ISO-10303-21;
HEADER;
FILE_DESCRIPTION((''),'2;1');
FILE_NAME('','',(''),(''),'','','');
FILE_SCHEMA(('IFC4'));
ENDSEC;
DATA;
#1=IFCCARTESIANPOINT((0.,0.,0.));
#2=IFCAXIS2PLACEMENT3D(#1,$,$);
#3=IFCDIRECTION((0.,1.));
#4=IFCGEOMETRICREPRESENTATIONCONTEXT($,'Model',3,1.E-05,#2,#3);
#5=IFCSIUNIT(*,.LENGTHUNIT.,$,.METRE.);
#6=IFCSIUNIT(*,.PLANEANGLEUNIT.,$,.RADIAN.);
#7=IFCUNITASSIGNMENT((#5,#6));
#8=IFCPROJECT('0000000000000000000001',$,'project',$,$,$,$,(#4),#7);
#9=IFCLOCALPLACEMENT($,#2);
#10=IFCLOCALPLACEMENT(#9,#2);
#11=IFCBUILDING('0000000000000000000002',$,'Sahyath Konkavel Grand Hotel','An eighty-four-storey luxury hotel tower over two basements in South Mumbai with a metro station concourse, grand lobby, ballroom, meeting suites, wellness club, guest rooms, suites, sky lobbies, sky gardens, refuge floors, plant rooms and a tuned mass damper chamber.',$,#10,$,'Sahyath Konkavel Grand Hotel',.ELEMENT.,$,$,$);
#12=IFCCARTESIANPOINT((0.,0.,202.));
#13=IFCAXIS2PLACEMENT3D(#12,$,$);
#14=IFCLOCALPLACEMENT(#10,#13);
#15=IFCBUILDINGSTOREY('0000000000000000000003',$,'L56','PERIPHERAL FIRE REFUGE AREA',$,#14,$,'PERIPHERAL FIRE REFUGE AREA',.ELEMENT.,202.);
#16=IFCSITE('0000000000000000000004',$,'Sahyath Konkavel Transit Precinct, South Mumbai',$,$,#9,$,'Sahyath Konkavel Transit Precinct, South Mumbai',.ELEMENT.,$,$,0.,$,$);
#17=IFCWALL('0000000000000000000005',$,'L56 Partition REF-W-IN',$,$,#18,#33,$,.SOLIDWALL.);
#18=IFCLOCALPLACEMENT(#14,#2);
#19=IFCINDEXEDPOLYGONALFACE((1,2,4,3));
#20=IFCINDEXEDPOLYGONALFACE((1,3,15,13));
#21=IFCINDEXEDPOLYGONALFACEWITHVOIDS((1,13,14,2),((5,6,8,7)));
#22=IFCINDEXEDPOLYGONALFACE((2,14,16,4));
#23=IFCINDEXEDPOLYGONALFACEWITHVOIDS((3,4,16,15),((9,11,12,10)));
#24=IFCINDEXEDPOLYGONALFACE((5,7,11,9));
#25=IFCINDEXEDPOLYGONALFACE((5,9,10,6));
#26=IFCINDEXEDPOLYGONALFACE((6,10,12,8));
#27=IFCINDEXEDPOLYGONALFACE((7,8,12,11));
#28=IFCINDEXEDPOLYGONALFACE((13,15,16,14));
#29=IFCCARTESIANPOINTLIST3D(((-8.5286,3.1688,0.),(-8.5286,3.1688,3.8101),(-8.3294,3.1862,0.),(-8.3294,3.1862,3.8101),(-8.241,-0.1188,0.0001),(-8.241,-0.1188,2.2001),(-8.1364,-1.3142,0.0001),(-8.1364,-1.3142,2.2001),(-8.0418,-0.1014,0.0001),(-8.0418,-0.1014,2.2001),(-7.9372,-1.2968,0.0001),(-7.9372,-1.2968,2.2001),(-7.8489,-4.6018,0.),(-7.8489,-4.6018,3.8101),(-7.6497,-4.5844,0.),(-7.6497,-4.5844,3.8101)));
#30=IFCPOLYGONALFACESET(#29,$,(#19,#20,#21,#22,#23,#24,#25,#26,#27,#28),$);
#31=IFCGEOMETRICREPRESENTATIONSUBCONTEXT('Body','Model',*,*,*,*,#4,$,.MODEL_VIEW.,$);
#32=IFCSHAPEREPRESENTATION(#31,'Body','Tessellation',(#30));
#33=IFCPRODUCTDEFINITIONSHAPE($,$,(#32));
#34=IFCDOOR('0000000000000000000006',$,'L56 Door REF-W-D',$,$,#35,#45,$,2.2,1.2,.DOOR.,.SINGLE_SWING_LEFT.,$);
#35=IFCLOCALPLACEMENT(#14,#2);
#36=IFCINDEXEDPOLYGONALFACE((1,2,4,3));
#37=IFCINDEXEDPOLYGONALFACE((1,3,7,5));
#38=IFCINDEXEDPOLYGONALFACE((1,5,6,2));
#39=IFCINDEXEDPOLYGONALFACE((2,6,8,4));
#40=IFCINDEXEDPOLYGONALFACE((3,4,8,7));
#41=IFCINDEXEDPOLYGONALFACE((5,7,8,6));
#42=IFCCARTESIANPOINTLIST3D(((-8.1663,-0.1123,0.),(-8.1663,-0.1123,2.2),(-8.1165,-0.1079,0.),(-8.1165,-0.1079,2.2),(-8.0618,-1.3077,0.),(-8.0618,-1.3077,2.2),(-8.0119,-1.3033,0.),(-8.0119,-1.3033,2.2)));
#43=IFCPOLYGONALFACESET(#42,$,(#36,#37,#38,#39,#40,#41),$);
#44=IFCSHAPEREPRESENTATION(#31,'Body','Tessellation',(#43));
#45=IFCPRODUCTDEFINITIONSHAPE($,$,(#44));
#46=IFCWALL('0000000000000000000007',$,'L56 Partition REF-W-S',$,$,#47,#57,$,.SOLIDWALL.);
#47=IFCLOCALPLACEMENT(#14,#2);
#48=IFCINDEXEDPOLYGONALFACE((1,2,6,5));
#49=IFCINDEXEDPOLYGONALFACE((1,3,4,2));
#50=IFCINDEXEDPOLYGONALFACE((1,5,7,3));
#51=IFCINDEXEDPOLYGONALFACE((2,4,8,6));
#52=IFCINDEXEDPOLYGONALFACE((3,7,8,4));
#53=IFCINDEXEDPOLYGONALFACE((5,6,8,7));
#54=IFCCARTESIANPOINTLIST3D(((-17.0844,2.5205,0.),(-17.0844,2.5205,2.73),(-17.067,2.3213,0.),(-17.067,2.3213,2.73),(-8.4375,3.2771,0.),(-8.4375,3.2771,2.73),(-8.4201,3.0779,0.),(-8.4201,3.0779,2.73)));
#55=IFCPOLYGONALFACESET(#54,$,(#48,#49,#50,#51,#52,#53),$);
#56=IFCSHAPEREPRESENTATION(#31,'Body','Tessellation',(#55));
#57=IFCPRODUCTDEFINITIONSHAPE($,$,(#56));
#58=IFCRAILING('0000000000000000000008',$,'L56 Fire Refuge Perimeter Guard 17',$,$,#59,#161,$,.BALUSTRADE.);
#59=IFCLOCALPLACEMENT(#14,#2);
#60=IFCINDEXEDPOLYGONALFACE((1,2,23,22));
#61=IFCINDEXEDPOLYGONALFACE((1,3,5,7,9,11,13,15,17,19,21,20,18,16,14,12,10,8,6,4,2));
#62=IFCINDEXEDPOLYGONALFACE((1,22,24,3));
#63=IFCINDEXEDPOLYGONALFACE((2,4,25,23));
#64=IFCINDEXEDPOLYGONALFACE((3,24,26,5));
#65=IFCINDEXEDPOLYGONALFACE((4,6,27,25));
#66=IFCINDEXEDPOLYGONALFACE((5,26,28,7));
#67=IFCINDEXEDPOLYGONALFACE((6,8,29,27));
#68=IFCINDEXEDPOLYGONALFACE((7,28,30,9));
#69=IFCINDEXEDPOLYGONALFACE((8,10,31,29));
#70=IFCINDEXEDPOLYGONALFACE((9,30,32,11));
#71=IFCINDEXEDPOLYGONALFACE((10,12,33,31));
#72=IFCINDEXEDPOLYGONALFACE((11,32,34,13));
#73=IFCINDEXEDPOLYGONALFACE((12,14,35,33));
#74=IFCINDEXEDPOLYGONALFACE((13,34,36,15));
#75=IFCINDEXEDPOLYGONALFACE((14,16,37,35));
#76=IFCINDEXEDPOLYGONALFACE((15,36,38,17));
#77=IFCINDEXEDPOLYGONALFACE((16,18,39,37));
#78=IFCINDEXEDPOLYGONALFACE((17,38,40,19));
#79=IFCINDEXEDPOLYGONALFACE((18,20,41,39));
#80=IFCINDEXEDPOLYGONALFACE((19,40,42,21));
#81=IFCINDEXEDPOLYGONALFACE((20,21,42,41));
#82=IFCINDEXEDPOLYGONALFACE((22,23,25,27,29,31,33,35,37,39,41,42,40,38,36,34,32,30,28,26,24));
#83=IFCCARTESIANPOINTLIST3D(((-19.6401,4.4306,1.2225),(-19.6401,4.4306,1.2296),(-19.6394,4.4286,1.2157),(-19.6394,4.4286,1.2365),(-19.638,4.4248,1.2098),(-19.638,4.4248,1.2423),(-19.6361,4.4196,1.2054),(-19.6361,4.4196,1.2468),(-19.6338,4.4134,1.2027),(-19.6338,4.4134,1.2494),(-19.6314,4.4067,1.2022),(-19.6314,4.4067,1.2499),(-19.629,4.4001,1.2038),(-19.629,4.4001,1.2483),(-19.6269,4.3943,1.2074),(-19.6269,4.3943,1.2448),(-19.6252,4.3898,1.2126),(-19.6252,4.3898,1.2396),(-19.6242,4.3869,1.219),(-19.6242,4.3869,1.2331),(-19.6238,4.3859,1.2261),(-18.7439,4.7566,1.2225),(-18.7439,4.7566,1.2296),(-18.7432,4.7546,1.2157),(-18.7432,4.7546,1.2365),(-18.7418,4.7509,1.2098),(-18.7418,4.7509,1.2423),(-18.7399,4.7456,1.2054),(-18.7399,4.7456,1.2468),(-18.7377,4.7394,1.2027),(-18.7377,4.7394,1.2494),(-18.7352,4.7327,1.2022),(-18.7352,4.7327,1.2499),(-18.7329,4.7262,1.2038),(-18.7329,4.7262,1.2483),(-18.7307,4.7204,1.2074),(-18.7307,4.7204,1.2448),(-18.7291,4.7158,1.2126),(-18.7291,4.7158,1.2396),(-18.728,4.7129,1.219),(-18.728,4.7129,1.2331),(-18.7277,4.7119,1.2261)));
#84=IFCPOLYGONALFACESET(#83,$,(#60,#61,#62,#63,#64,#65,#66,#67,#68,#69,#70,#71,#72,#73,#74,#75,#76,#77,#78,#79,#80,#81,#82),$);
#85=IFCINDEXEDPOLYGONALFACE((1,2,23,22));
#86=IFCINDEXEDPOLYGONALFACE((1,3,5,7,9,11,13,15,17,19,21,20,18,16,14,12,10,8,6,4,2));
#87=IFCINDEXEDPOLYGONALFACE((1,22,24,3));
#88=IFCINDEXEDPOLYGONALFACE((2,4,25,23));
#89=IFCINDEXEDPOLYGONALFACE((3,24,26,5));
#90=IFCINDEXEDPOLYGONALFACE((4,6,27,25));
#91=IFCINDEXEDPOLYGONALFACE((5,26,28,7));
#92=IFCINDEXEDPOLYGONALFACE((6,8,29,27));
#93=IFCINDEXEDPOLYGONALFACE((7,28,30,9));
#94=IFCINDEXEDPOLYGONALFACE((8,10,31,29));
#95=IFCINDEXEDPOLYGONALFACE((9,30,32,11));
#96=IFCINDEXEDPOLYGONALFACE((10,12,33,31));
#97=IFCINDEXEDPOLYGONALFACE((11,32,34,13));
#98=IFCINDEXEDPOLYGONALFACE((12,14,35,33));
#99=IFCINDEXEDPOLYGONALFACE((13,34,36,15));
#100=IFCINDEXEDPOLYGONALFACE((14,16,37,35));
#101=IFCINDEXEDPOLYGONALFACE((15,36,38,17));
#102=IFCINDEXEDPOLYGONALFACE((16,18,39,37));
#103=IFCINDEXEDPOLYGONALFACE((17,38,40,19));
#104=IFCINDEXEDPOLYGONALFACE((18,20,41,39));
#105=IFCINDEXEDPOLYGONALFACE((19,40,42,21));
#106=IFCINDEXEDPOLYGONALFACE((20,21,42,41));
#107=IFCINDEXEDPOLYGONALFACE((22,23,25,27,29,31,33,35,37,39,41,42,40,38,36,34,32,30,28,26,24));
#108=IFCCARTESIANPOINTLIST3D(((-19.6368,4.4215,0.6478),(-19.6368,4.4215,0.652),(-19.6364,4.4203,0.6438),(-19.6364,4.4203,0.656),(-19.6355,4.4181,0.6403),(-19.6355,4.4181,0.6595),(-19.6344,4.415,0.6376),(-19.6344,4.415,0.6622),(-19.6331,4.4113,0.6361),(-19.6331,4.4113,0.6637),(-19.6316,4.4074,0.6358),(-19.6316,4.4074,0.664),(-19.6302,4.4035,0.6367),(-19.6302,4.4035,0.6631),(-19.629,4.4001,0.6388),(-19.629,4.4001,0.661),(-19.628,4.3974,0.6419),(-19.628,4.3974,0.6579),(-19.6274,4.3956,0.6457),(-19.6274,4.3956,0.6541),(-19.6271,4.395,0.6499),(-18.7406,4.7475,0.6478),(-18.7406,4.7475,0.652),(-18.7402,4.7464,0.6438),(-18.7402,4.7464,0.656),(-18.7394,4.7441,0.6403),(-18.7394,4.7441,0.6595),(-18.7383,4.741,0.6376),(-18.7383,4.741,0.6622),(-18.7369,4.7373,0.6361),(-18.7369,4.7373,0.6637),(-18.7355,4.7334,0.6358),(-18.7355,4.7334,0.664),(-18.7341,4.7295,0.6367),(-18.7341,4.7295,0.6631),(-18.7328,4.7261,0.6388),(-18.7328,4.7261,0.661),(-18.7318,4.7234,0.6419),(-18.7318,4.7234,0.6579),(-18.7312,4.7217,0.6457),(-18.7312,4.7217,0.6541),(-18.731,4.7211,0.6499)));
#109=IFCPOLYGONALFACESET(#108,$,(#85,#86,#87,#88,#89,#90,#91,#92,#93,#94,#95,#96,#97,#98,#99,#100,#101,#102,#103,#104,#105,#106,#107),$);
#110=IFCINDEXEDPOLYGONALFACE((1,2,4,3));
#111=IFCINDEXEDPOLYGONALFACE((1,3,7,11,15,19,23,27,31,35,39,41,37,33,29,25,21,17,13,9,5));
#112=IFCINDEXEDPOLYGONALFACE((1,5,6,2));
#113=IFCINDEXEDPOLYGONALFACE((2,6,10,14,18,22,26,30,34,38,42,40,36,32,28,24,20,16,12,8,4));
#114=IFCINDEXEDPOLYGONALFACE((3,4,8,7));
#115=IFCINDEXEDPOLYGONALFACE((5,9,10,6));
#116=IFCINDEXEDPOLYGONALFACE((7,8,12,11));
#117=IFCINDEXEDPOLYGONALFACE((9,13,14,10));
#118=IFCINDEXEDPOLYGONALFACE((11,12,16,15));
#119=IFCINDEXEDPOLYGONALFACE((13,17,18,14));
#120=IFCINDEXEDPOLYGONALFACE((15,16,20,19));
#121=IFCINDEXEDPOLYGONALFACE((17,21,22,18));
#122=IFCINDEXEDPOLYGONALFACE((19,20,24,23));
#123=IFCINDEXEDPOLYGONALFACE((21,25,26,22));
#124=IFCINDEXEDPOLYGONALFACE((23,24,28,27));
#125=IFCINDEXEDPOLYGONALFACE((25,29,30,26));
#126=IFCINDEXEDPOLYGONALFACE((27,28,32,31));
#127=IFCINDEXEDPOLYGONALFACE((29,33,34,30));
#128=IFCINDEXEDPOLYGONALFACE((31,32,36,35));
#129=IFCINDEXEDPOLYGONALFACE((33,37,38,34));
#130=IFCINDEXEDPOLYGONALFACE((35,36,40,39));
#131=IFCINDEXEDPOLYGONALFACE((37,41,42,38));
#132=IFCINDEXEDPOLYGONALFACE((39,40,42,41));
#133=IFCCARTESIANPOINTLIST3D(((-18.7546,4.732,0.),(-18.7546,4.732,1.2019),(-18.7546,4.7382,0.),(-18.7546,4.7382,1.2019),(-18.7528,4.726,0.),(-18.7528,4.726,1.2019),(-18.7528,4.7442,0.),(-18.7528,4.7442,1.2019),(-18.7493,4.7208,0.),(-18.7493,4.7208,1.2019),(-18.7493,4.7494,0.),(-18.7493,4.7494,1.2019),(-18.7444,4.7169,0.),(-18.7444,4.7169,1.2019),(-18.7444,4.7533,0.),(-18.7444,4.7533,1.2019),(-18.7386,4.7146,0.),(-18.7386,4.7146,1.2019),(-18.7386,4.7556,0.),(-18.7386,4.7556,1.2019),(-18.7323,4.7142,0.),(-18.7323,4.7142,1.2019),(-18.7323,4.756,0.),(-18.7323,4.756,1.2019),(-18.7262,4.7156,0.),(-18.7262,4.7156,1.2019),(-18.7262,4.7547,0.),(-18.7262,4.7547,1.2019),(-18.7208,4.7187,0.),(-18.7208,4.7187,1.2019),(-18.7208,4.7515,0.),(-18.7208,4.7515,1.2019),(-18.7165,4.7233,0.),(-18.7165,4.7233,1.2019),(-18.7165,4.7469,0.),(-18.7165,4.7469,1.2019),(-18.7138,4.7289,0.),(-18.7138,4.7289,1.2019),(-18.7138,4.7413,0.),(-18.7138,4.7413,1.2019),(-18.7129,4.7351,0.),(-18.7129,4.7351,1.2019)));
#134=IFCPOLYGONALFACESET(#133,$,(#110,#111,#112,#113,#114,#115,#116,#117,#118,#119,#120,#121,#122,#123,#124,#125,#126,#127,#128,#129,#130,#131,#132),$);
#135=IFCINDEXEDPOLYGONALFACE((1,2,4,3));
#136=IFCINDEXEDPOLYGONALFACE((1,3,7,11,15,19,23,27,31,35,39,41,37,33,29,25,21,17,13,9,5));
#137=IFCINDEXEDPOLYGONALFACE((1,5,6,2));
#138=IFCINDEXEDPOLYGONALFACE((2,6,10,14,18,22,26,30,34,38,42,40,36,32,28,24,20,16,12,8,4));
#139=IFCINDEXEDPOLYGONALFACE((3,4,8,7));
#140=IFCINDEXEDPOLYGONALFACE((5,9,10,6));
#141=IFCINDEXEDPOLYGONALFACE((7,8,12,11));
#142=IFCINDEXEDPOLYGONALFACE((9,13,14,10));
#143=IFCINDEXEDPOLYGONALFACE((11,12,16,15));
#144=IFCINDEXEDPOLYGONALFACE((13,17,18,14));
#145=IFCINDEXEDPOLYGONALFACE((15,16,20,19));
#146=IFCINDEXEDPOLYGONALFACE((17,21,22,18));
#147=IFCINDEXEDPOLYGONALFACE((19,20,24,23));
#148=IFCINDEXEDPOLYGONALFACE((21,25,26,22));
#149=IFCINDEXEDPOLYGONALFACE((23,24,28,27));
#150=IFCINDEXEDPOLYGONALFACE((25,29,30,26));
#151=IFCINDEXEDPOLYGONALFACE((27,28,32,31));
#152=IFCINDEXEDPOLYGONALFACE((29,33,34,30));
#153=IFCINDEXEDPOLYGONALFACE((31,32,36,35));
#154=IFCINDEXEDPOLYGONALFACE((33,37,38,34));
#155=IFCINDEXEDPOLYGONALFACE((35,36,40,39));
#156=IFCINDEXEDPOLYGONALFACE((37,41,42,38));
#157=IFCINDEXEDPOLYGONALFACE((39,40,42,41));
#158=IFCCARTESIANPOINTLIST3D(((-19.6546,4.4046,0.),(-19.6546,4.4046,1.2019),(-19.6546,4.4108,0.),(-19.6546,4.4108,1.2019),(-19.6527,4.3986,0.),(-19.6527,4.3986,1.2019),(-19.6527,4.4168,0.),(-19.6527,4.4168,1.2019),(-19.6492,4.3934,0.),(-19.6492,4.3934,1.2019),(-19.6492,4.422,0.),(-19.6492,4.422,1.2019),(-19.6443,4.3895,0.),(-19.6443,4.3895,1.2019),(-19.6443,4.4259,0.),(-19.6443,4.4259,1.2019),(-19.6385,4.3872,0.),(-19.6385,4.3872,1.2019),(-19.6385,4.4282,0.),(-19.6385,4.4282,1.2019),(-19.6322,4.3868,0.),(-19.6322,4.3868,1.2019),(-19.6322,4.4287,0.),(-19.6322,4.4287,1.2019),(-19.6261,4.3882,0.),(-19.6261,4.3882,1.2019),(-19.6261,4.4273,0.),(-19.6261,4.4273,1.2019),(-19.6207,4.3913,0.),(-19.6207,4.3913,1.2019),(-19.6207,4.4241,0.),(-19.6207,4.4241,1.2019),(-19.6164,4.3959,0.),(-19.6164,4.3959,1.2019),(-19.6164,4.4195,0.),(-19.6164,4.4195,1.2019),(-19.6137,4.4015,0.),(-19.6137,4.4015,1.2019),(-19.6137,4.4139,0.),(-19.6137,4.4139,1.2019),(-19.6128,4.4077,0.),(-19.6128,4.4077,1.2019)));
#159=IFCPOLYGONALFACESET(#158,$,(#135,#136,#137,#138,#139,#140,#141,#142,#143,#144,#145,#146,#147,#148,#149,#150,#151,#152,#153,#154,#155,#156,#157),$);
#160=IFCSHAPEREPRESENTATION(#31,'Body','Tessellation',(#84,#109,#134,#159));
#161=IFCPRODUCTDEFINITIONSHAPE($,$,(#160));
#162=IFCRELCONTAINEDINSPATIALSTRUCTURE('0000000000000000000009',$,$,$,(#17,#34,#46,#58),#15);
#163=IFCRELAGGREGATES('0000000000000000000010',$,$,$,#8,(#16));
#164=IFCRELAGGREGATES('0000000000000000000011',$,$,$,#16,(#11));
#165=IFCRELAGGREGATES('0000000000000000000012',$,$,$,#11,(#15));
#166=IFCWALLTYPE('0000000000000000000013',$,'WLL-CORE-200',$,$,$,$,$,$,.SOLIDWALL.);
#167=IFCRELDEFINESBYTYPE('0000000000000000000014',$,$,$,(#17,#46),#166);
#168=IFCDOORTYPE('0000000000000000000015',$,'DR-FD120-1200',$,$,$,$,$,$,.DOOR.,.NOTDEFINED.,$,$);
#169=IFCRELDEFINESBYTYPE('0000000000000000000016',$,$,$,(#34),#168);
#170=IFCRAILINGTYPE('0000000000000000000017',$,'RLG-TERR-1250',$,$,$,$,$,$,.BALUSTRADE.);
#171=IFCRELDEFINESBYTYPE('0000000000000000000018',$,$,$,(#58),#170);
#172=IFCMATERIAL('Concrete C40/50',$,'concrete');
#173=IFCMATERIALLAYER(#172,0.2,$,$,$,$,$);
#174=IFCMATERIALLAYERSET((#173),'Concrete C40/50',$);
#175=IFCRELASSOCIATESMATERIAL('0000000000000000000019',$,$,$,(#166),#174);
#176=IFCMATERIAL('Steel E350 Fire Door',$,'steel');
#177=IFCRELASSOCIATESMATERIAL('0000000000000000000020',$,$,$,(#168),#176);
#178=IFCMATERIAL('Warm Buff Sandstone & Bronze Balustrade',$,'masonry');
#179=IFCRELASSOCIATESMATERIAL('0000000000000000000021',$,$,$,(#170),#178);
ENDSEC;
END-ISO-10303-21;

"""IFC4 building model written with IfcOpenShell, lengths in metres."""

from ifc_helpers import new_model, si_unit, direction, frame, frame_2d, origin, origin_2d, place, context, subcontext, project, spatial, rectangle, circle, extrude, source, transform, mapped, material, layer, layer_set, type_object, element, fill, save


model = new_model("IFC4")

# Units and contexts
model_context = context("Model", 3, precision=1e-05, world=origin(), true_north=direction((0.0, 1.0)))
body_context = subcontext(model_context, "Body", "Model", "MODEL_VIEW")
ifc_project = project(units=[si_unit("LENGTHUNIT", "METRE"), si_unit("PLANEANGLEUNIT", "RADIAN")], contexts=[model_context])

# Site, building, storey
site_placement = place(None, origin())
site = spatial("IfcSite", under=ifc_project, at=site_placement, Name="Sahyath Konkavel Transit Precinct, South Mumbai", LongName="Sahyath Konkavel Transit Precinct, South Mumbai", CompositionType="ELEMENT", RefElevation=0.0)
building_placement = place(site_placement, origin())
building = spatial("IfcBuilding", under=site, at=building_placement, Name="Sahyath Konkavel Grand Hotel", Description="An eighty-four-storey luxury hotel tower over two basements in South Mumbai with a metro station concourse, grand lobby, ballroom, meeting suites, wellness club, guest rooms, suites, sky lobbies, sky gardens, refuge floors, plant rooms and a tuned mass damper chamber.", LongName="Sahyath Konkavel Grand Hotel", CompositionType="ELEMENT")
storey_placement = place(building_placement, frame((0.0, 0.0, 202.0)))
storey = spatial("IfcBuildingStorey", under=building, at=storey_placement, Name="L56", Description="PERIPHERAL FIRE REFUGE AREA", LongName="PERIPHERAL FIRE REFUGE AREA", CompositionType="ELEMENT", Elevation=202.0)

# Wall, opening, door
ifc_material_1 = material(Name="Concrete C40/50", Category="concrete")
ifc_layer = layer(ifc_material_1, 0.2)
ifc_layer_set = layer_set([ifc_layer], Name="Concrete C40/50")
wall_type = type_object("IfcWallType", Name="WLL-CORE-200", PredefinedType="SOLIDWALL", material=ifc_layer_set)
wall_1_placement = place(storey_placement, frame((-8.429, 3.1775, 0.0), z_axis=(0.0, 0.0, 1.0), x_axis=(0.087137, -0.996196, 0.0)))
wall_1 = element("IfcWall", 1, at=wall_1_placement, inside=storey, type_object=wall_type, Name="L56 Partition REF-W-IN", PredefinedType="SOLIDWALL", context=body_context, shape_type="SweptSolid", body=[
    extrude(rectangle(XDim=7.8003, YDim=0.2, at=frame_2d((3.9001, 0.0))), origin(), (0.0, 0.0, 1.0), 3.8101),
])
opening_placement = place(wall_1_placement, frame((3.3, 0.0, 0.0)))
opening = element("IfcOpeningElement", 2, at=opening_placement, cuts=wall_1, PredefinedType="OPENING", context=body_context, shape_type="SweptSolid", body=[
    extrude(rectangle(XDim=1.2, YDim=2.2, at=frame_2d((0.6001, 1.1001))), frame((0.0, 0.1099, 0.0), z_axis=(0.0, -1.0, 0.0), x_axis=(1.0, 0.0, 0.0)), (0.0, 0.0, 1.0), 0.22),
])
ifc_material_2 = material(Name="Steel E350 Fire Door", Category="steel")
door_type = type_object("IfcDoorType", Name="DR-FD120-1200", OperationType="NOTDEFINED", PredefinedType="DOOR", material=ifc_material_2)
shared_shape_1 = source(origin(), body_context, "Body", "SweptSolid", [
    extrude(rectangle(XDim=1.2, YDim=0.05, at=origin_2d()), origin(), (0.0, 0.0, 1.0), 2.2),
])
door_placement = place(opening_placement, frame((0.6001, 0.0, 0.0)))
door = element("IfcDoor", 3, at=door_placement, inside=storey, type_object=door_type, Name="L56 Door REF-W-D", OperationType="SINGLE_SWING_LEFT", OverallHeight=2.2, OverallWidth=1.2, PredefinedType="DOOR", context=body_context, shape_type="MappedRepresentation", body=[
    mapped(shared_shape_1, transform((0.0, 0.0, 0.0), scale=1.0)),
])
fill(opening, door)

# Wall
wall_2_placement = place(storey_placement, frame((-8.429, 3.1775, 0.0), z_axis=(0.0, 0.0, 1.0), x_axis=(-0.996194, -0.087165, 0.0)))
element("IfcWall", 4, at=wall_2_placement, inside=storey, type_object=wall_type, Name="L56 Partition REF-W-S", PredefinedType="SOLIDWALL", context=body_context, shape_type="SweptSolid", body=[
    extrude(rectangle(XDim=8.6799, YDim=0.2, at=frame_2d((4.3398, 0.0))), origin(), (0.0, 0.0, 1.0), 2.73),
])

# Railing
ifc_material_3 = material(Name="Warm Buff Sandstone & Bronze Balustrade", Category="masonry")
railing_type = type_object("IfcRailingType", Name="RLG-TERR-1250", PredefinedType="BALUSTRADE", material=ifc_material_3)
railing_1_placement = place(storey_placement, frame((-18.7339, 4.7351, 0.0)))
element("IfcRailing", 5, at=railing_1_placement, inside=storey, type_object=railing_type, Name="L56 Fire Refuge Perimeter Guard 17", PredefinedType="BALUSTRADE", context=body_context, shape_type="SweptSolid", body=[
    extrude(circle(Radius=0.0239, at=origin_2d()), frame((-0.002, -0.0007, 1.2261), z_axis=(-0.939741, -0.341886, 0.0), x_axis=(0.341886, -0.939741, 0.0)), (0.0, 0.0, 1.0), 0.9536),
    extrude(circle(Radius=0.0142, at=origin_2d()), frame((-0.002, -0.0007, 0.6499), z_axis=(-0.939741, -0.341886, 0.0), x_axis=(0.341886, -0.939741, 0.0)), (0.0, 0.0, 1.0), 0.9536),
    extrude(circle(Radius=0.021, at=origin_2d()), origin(), (0.0, 0.0, 1.0), 1.2019),
    extrude(circle(Radius=0.021, at=origin_2d()), frame((-0.8999, -0.3274, 0.0)), (0.0, 0.0, 1.0), 1.2019),
])

save(model, "model.ifc")
